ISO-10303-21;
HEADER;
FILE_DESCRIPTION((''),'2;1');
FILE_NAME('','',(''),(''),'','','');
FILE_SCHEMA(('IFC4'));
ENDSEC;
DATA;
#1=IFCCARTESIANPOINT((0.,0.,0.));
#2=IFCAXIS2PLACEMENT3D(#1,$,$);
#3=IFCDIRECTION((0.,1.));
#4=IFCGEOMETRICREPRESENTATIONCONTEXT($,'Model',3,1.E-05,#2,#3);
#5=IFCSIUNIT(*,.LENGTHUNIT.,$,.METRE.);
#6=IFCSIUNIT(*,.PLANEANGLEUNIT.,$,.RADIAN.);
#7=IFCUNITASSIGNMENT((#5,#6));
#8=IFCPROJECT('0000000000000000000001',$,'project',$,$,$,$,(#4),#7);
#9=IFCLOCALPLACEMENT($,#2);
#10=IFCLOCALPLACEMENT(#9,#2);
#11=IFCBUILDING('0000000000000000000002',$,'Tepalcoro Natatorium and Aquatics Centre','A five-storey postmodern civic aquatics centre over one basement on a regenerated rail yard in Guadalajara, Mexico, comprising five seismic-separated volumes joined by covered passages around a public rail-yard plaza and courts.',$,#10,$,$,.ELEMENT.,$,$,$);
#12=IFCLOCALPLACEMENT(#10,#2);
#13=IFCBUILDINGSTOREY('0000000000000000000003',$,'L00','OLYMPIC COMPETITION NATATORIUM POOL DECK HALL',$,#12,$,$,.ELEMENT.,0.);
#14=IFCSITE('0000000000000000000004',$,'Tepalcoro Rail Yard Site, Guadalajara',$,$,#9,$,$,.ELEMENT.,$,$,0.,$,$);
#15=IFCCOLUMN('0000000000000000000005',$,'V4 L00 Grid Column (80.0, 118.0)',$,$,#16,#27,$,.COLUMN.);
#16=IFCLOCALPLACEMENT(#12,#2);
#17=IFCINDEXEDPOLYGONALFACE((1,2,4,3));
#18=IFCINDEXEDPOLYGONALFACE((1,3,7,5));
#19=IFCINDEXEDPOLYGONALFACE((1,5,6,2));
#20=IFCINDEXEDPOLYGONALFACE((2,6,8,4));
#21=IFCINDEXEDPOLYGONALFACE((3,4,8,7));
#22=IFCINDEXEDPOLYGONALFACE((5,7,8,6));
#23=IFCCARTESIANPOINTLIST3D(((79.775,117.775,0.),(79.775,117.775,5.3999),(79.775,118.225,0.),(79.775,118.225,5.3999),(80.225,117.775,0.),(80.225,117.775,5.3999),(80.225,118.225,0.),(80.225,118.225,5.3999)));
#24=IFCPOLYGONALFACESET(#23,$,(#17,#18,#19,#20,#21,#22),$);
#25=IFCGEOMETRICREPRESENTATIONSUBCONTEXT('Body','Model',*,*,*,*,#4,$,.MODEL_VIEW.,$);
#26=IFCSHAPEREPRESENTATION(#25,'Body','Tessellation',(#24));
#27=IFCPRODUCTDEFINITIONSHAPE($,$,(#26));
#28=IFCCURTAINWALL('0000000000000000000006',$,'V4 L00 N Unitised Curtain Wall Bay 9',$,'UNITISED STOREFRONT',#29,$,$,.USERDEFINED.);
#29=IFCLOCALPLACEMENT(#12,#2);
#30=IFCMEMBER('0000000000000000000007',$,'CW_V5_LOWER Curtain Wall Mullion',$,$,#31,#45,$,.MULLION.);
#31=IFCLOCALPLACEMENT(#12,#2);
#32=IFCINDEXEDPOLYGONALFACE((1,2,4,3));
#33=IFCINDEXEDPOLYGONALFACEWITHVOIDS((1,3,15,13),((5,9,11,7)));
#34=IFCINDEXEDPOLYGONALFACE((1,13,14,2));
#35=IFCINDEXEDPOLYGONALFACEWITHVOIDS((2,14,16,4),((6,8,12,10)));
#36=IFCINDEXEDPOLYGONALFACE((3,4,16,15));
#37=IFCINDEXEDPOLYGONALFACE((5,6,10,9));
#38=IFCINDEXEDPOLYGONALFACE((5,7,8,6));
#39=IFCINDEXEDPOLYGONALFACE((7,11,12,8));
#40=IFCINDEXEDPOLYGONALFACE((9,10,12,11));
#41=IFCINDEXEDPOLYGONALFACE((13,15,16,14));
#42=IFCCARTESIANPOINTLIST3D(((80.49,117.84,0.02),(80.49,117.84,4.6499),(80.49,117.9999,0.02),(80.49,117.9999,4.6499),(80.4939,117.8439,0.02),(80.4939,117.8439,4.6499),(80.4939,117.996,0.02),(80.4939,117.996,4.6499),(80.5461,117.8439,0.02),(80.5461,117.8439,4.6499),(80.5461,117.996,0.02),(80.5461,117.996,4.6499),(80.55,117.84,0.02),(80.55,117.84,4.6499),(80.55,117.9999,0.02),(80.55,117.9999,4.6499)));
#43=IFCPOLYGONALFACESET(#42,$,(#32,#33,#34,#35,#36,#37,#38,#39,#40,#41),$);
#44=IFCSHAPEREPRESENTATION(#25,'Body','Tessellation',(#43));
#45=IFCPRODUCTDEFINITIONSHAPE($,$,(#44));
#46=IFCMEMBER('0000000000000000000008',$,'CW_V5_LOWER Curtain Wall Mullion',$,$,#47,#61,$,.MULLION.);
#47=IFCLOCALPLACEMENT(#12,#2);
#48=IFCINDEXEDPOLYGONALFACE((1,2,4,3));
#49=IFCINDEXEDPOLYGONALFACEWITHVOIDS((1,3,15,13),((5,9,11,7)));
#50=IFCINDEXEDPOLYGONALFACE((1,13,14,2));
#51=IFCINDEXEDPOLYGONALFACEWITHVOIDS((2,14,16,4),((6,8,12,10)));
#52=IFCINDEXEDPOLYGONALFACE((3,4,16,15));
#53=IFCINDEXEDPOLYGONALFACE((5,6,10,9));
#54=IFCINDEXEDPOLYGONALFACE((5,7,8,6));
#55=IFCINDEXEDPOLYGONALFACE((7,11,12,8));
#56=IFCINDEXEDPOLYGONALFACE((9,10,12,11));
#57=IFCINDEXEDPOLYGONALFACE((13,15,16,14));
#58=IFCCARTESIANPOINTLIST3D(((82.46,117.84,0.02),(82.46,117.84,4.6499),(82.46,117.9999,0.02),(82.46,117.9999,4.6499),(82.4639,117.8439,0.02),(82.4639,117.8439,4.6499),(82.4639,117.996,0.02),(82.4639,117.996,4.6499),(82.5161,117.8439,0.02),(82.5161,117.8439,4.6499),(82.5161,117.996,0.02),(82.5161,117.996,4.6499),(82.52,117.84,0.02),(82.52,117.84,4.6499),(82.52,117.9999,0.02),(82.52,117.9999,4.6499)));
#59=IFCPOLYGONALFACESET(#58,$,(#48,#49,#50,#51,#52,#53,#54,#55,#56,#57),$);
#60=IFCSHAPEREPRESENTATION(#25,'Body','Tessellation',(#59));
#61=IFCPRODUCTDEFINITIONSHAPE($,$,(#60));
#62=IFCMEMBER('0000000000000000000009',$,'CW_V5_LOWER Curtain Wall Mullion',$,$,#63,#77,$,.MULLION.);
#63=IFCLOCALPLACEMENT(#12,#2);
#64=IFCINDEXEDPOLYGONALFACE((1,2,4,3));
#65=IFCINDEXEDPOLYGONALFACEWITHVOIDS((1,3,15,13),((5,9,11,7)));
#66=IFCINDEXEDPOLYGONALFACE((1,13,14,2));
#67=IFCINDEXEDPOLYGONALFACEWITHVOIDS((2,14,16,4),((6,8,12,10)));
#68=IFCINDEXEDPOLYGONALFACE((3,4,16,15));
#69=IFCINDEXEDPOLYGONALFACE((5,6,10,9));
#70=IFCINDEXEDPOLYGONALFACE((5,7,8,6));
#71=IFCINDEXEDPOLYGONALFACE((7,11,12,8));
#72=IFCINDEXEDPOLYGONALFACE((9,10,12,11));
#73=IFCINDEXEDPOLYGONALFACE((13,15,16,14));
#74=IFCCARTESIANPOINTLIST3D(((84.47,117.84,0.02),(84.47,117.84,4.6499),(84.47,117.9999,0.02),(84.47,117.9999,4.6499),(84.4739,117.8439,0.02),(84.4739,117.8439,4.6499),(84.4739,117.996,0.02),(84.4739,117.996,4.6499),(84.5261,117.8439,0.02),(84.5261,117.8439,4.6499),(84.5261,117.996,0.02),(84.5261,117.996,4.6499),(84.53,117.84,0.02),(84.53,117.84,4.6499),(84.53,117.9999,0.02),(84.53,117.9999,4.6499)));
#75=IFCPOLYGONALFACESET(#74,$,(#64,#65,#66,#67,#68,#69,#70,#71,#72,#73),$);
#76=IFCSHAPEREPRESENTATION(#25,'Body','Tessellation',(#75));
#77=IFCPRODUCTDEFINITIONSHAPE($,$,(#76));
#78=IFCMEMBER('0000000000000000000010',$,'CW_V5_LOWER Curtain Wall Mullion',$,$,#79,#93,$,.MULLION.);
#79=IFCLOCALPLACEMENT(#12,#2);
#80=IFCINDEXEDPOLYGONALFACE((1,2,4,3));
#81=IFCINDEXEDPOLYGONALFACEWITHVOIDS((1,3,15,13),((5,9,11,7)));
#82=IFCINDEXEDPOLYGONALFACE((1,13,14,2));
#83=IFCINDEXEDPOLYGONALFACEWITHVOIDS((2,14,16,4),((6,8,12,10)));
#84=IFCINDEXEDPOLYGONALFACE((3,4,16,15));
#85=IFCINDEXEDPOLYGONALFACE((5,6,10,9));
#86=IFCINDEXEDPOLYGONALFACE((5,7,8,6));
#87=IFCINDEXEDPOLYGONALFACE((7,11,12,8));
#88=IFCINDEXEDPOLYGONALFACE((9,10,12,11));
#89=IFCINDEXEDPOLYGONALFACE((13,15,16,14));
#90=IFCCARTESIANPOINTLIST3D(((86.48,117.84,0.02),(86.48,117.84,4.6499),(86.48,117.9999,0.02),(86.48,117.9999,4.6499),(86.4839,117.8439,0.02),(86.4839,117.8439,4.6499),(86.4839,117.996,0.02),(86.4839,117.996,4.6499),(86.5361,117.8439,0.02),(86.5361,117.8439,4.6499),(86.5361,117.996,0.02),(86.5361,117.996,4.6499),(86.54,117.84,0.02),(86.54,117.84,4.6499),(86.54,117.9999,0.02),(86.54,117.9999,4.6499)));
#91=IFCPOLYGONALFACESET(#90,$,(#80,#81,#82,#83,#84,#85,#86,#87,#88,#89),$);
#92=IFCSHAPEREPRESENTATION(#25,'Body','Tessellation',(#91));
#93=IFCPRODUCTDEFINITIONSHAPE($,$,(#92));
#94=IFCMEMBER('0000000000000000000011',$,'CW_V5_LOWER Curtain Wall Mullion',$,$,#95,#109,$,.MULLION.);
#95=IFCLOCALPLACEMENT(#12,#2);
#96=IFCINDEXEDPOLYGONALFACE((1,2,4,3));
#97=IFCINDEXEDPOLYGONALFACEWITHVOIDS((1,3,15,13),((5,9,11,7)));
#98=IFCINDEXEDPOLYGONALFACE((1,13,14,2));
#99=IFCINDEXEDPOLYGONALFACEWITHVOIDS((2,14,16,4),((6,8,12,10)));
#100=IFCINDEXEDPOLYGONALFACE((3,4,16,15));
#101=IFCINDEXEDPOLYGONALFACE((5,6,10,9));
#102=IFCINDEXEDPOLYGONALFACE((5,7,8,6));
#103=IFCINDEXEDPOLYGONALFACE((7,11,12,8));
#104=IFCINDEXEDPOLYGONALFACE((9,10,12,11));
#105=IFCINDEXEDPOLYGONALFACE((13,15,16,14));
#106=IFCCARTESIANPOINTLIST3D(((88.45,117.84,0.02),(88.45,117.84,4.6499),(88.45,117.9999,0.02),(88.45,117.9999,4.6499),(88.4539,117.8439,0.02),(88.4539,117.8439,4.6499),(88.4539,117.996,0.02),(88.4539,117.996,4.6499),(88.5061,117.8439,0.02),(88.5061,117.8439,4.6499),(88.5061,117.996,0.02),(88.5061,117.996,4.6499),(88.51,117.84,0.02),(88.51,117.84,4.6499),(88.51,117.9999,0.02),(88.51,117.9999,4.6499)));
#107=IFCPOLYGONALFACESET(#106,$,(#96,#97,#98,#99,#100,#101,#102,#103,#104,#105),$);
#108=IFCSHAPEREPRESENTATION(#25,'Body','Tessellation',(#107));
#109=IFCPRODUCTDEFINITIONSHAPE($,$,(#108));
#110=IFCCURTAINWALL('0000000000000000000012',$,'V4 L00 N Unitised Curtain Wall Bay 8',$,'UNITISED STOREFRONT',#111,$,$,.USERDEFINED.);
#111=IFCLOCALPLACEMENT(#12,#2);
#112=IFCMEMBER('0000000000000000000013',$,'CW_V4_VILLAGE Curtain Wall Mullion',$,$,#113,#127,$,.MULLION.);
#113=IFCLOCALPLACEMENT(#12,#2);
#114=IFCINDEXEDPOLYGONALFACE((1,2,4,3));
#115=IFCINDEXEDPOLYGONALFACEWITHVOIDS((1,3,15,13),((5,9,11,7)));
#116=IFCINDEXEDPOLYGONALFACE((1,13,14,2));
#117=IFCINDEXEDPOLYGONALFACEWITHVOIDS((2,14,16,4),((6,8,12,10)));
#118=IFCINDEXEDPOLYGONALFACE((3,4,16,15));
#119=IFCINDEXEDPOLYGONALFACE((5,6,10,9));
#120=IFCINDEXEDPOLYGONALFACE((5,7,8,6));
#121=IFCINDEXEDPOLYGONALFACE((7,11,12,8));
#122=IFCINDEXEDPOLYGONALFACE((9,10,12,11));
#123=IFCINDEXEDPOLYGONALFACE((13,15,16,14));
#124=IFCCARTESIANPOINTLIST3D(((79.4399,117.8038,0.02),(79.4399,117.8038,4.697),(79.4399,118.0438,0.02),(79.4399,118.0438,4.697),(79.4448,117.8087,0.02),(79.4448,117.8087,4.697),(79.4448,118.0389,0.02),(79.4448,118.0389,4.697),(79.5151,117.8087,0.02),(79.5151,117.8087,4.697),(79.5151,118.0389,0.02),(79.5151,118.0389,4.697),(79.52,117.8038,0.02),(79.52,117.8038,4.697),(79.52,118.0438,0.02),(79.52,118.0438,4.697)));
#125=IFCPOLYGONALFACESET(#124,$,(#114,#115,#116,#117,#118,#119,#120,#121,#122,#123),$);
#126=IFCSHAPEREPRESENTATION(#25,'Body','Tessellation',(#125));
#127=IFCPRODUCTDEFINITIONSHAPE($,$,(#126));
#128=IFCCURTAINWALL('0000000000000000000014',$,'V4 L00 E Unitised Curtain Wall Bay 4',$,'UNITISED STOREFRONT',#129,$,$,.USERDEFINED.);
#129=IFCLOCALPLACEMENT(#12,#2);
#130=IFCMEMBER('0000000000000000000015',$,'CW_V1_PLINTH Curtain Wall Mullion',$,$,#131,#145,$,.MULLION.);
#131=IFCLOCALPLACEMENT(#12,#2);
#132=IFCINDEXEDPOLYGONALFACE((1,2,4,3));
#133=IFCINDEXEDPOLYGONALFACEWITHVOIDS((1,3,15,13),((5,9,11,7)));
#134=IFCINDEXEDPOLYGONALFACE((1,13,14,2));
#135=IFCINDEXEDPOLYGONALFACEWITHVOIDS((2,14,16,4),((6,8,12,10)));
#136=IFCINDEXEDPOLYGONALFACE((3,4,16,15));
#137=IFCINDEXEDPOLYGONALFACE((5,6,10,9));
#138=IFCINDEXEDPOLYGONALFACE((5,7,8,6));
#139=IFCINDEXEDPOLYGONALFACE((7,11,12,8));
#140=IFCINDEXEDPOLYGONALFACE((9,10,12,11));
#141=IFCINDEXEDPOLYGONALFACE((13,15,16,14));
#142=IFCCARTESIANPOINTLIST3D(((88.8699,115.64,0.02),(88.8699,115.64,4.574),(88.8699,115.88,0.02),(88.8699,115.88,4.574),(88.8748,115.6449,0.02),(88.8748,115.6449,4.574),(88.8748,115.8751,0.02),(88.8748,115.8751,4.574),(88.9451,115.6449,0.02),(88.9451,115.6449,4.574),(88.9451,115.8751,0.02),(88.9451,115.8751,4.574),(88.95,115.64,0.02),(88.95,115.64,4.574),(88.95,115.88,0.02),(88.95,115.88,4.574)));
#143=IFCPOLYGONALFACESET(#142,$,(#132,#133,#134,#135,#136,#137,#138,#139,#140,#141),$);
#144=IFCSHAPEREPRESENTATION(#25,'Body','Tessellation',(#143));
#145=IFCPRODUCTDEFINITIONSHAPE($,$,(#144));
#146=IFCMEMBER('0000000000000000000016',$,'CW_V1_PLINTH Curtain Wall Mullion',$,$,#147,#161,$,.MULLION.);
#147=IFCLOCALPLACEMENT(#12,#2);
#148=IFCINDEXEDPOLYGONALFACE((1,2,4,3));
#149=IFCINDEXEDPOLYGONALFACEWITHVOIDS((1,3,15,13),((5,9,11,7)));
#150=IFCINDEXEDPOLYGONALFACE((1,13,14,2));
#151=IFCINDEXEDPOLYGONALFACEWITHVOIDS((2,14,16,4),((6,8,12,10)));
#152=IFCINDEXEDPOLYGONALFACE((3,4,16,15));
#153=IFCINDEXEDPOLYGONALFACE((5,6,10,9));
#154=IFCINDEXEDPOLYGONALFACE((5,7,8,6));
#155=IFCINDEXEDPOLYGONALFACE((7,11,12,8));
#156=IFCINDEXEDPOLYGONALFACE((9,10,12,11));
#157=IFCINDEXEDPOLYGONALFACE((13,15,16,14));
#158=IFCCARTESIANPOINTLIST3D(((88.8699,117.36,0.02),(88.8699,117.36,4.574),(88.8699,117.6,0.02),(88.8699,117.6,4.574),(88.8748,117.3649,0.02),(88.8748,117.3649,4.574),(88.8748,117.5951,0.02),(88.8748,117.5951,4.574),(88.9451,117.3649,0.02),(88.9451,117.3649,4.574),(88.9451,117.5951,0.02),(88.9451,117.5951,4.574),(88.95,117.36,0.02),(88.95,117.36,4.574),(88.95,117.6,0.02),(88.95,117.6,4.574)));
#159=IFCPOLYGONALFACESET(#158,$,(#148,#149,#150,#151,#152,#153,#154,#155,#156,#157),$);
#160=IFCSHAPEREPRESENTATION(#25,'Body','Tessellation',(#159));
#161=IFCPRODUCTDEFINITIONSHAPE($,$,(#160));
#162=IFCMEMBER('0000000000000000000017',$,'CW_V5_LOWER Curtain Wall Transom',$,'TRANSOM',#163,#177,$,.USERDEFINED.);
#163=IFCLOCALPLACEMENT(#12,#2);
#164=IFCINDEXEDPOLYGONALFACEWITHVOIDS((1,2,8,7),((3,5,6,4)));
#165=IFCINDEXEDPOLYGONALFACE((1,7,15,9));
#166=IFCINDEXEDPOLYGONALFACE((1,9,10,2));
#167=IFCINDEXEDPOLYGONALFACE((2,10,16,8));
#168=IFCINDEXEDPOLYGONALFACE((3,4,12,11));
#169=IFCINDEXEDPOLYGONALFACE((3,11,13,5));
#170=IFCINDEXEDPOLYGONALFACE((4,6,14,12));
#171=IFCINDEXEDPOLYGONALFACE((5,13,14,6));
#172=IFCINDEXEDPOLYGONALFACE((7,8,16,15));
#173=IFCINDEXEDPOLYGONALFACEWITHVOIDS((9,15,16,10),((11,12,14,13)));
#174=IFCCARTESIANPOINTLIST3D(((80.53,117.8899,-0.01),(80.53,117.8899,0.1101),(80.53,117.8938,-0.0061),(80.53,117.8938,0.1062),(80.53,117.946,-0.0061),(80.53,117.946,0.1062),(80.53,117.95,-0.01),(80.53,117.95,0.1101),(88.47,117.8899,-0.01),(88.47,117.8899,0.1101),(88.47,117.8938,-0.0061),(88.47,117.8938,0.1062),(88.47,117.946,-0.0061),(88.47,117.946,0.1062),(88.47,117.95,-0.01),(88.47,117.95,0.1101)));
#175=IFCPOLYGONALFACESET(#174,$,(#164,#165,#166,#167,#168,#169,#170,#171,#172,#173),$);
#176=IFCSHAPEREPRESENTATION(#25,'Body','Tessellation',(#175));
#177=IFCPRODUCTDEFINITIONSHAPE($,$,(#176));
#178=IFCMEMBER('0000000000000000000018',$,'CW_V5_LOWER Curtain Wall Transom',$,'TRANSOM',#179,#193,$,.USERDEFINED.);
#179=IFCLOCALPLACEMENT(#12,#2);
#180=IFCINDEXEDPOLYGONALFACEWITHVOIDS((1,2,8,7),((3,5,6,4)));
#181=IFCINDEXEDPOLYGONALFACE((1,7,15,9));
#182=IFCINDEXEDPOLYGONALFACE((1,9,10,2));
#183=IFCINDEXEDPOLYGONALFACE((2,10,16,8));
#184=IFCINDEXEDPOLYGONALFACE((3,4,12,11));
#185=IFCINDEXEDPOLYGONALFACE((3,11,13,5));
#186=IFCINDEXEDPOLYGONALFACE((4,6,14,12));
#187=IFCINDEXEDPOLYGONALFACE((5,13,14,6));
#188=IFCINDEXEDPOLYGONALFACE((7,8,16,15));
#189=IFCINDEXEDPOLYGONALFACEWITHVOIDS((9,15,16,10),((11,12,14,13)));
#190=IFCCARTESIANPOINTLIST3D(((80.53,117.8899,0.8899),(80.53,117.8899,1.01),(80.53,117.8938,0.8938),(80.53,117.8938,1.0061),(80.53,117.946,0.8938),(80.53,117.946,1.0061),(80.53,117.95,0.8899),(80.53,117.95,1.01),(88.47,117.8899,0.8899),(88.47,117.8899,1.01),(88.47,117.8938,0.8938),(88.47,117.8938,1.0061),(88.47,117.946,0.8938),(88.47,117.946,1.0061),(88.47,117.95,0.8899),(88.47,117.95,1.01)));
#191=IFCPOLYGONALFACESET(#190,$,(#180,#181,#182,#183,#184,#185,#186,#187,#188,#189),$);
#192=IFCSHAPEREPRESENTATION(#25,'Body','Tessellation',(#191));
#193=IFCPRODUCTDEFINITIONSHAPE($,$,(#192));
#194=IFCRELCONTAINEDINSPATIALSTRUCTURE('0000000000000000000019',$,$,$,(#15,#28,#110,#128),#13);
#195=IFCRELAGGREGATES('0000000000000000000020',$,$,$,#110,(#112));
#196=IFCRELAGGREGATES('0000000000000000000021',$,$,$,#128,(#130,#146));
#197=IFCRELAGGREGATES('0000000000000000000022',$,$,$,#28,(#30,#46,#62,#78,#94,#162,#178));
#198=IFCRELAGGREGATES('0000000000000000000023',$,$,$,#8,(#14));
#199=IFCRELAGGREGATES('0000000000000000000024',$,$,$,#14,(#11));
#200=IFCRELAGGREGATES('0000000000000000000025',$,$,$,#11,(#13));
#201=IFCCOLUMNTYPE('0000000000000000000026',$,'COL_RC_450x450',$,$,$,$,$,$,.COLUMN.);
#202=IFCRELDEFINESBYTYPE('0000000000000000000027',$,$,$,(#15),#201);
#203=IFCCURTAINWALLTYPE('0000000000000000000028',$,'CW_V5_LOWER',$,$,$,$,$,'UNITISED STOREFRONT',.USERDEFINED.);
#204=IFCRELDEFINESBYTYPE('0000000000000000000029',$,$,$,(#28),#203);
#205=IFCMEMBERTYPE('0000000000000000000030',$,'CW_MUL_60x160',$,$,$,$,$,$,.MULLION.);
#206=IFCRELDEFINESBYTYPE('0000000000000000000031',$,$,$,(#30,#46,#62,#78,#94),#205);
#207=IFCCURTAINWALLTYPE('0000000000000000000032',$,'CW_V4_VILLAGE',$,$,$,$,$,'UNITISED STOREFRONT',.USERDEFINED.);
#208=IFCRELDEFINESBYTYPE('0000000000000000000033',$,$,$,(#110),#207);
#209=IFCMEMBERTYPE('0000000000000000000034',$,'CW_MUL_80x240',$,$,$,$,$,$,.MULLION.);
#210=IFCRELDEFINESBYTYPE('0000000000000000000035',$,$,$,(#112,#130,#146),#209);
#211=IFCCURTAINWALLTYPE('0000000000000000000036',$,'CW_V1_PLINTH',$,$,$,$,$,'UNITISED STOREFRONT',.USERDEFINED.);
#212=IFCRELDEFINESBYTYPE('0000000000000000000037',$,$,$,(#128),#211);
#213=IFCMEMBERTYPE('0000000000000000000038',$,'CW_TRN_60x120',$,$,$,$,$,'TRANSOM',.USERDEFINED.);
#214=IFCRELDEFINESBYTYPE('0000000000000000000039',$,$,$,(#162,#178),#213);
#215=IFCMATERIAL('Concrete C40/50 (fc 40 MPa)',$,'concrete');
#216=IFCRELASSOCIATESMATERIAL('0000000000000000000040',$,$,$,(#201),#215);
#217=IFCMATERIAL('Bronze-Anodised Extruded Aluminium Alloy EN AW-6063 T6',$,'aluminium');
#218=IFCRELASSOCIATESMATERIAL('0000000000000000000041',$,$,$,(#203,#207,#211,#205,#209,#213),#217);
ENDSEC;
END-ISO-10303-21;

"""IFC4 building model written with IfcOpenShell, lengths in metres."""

from ifc_helpers import new_model, si_unit, direction, frame, origin, origin_2d, place, context, subcontext, project, spatial, rectangle, hollow_rectangle, extrude, material, material_profile, profile_set, type_object, element, aggregate, save


model = new_model("IFC4")

# Units and contexts
model_context = context("Model", 3, precision=1e-05, world=origin(), true_north=direction((0.0, 1.0)))
body_context = subcontext(model_context, "Body", "Model", "MODEL_VIEW")
ifc_project = project(units=[si_unit("LENGTHUNIT", "METRE"), si_unit("PLANEANGLEUNIT", "RADIAN")], contexts=[model_context])

# Site, building, storey
site_placement = place(None, origin())
site = spatial("IfcSite", under=ifc_project, at=site_placement, Name="Tepalcoro Rail Yard Site, Guadalajara", CompositionType="ELEMENT", RefElevation=0.0)
building_placement = place(site_placement, origin())
building = spatial("IfcBuilding", under=site, at=building_placement, Name="Tepalcoro Natatorium and Aquatics Centre", Description="A five-storey postmodern civic aquatics centre over one basement on a regenerated rail yard in Guadalajara, Mexico, comprising five seismic-separated volumes joined by covered passages around a public rail-yard plaza and courts.", CompositionType="ELEMENT")
storey_placement = place(building_placement, origin())
storey = spatial("IfcBuildingStorey", under=building, at=storey_placement, Name="L00", Description="OLYMPIC COMPETITION NATATORIUM POOL DECK HALL", CompositionType="ELEMENT", Elevation=0.0)

# Column
ifc_material_1 = material(Name="Concrete C40/50 (fc 40 MPa)", Category="concrete")
ifc_material_profile_1 = material_profile(ifc_material_1, rectangle(XDim=0.45, YDim=0.45, at=origin_2d()), Name="RC450x450")
ifc_profile_set_1 = profile_set([ifc_material_profile_1], Name="Concrete C40/50 (fc 40 MPa)")
column_type = type_object("IfcColumnType", Name="COL_RC_450x450", PredefinedType="COLUMN", material=ifc_profile_set_1)
column_placement = place(storey_placement, frame((80.0, 118.0, 0.0), z_axis=(0.0, 0.0, 1.0), x_axis=(1.0, 0.0, 0.0)))
element("IfcColumn", 1, at=column_placement, inside=storey, type_object=column_type, Name="V4 L00 Grid Column (80.0, 118.0)", PredefinedType="COLUMN", context=body_context, shape_type="SweptSolid", body=[
    extrude(rectangle(XDim=0.45, YDim=0.45, at=origin_2d()), origin(), (0.0, 0.0, 1.0), 5.3999),
])

# Curtain wall, members
ifc_material_2 = material(Name="Bronze-Anodised Extruded Aluminium Alloy EN AW-6063 T6", Category="aluminium")
curtain_wall_type_1 = type_object("IfcCurtainWallType", Name="CW_V5_LOWER", ElementType="UNITISED STOREFRONT", PredefinedType="USERDEFINED", material=ifc_material_2)
curtain_wall_1_placement = place(storey_placement, origin())
curtain_wall_1 = element("IfcCurtainWall", 2, at=curtain_wall_1_placement, inside=storey, type_object=curtain_wall_type_1, Name="V4 L00 N Unitised Curtain Wall Bay 9", ObjectType="UNITISED STOREFRONT", PredefinedType="USERDEFINED")
ifc_material_profile_2 = material_profile(ifc_material_2, hollow_rectangle(XDim=0.0601, YDim=0.1599, WallThickness=0.0039, at=origin_2d()), Name="AL60X160X4")
ifc_profile_set_2 = profile_set([ifc_material_profile_2], Name="Bronze-Anodised Extruded Aluminium Alloy EN AW-6063 T6")
member_type_1 = type_object("IfcMemberType", Name="CW_MUL_60x160", PredefinedType="MULLION", material=ifc_profile_set_2)
member_1_placement = place(storey_placement, frame((80.52, 117.9199, 0.02), z_axis=(0.0, 0.0, 1.0), x_axis=(1.0, 0.0, 0.0)))
member_1 = element("IfcMember", 3, at=member_1_placement, type_object=member_type_1, Name="CW_V5_LOWER Curtain Wall Mullion", PredefinedType="MULLION", context=body_context, shape_type="SweptSolid", body=[
    extrude(hollow_rectangle(XDim=0.0601, YDim=0.1599, WallThickness=0.0039, at=origin_2d()), origin(), (0.0, 0.0, 1.0), 4.6299),
])
member_2_placement = place(storey_placement, frame((82.49, 117.9199, 0.02), z_axis=(0.0, 0.0, 1.0), x_axis=(1.0, 0.0, 0.0)))
member_2 = element("IfcMember", 4, at=member_2_placement, type_object=member_type_1, Name="CW_V5_LOWER Curtain Wall Mullion", PredefinedType="MULLION", context=body_context, shape_type="SweptSolid", body=[
    extrude(hollow_rectangle(XDim=0.0601, YDim=0.1599, WallThickness=0.0039, at=origin_2d()), origin(), (0.0, 0.0, 1.0), 4.6299),
])
member_3_placement = place(storey_placement, frame((84.5, 117.9199, 0.02), z_axis=(0.0, 0.0, 1.0), x_axis=(1.0, 0.0, 0.0)))
member_3 = element("IfcMember", 5, at=member_3_placement, type_object=member_type_1, Name="CW_V5_LOWER Curtain Wall Mullion", PredefinedType="MULLION", context=body_context, shape_type="SweptSolid", body=[
    extrude(hollow_rectangle(XDim=0.0601, YDim=0.1599, WallThickness=0.0039, at=origin_2d()), origin(), (0.0, 0.0, 1.0), 4.6299),
])
member_4_placement = place(storey_placement, frame((86.51, 117.9199, 0.02), z_axis=(0.0, 0.0, 1.0), x_axis=(1.0, 0.0, 0.0)))
member_4 = element("IfcMember", 6, at=member_4_placement, type_object=member_type_1, Name="CW_V5_LOWER Curtain Wall Mullion", PredefinedType="MULLION", context=body_context, shape_type="SweptSolid", body=[
    extrude(hollow_rectangle(XDim=0.0601, YDim=0.1599, WallThickness=0.0039, at=origin_2d()), origin(), (0.0, 0.0, 1.0), 4.6299),
])
member_5_placement = place(storey_placement, frame((88.48, 117.9199, 0.02), z_axis=(0.0, 0.0, 1.0), x_axis=(1.0, 0.0, 0.0)))
member_5 = element("IfcMember", 7, at=member_5_placement, type_object=member_type_1, Name="CW_V5_LOWER Curtain Wall Mullion", PredefinedType="MULLION", context=body_context, shape_type="SweptSolid", body=[
    extrude(hollow_rectangle(XDim=0.0601, YDim=0.1599, WallThickness=0.0039, at=origin_2d()), origin(), (0.0, 0.0, 1.0), 4.6299),
])

# Curtain wall, member
curtain_wall_type_2 = type_object("IfcCurtainWallType", Name="CW_V4_VILLAGE", ElementType="UNITISED STOREFRONT", PredefinedType="USERDEFINED", material=ifc_material_2)
curtain_wall_2_placement = place(storey_placement, origin())
curtain_wall_2 = element("IfcCurtainWall", 8, at=curtain_wall_2_placement, inside=storey, type_object=curtain_wall_type_2, Name="V4 L00 N Unitised Curtain Wall Bay 8", ObjectType="UNITISED STOREFRONT", PredefinedType="USERDEFINED")
ifc_material_profile_3 = material_profile(ifc_material_2, hollow_rectangle(XDim=0.0801, YDim=0.24, WallThickness=0.0049, at=origin_2d()), Name="AL80X240X5")
ifc_profile_set_3 = profile_set([ifc_material_profile_3], Name="Bronze-Anodised Extruded Aluminium Alloy EN AW-6063 T6")
member_type_2 = type_object("IfcMemberType", Name="CW_MUL_80x240", PredefinedType="MULLION", material=ifc_profile_set_3)
member_6_placement = place(storey_placement, frame((79.48, 117.9238, 0.02), z_axis=(0.0, 0.0, 1.0), x_axis=(1.0, 0.0, 0.0)))
member_6 = element("IfcMember", 9, at=member_6_placement, type_object=member_type_2, Name="CW_V4_VILLAGE Curtain Wall Mullion", PredefinedType="MULLION", context=body_context, shape_type="SweptSolid", body=[
    extrude(hollow_rectangle(XDim=0.0801, YDim=0.24, WallThickness=0.0049, at=origin_2d()), origin(), (0.0, 0.0, 1.0), 4.677),
])

# Curtain wall, members
curtain_wall_type_3 = type_object("IfcCurtainWallType", Name="CW_V1_PLINTH", ElementType="UNITISED STOREFRONT", PredefinedType="USERDEFINED", material=ifc_material_2)
curtain_wall_3_placement = place(storey_placement, origin())
curtain_wall_3 = element("IfcCurtainWall", 10, at=curtain_wall_3_placement, inside=storey, type_object=curtain_wall_type_3, Name="V4 L00 E Unitised Curtain Wall Bay 4", ObjectType="UNITISED STOREFRONT", PredefinedType="USERDEFINED")
member_7_placement = place(storey_placement, frame((88.9099, 115.76, 0.02), z_axis=(0.0, 0.0, 1.0), x_axis=(1.0, 0.0, 0.0)))
member_7 = element("IfcMember", 11, at=member_7_placement, type_object=member_type_2, Name="CW_V1_PLINTH Curtain Wall Mullion", PredefinedType="MULLION", context=body_context, shape_type="SweptSolid", body=[
    extrude(hollow_rectangle(XDim=0.0801, YDim=0.24, WallThickness=0.0049, at=origin_2d()), origin(), (0.0, 0.0, 1.0), 4.554),
])
member_8_placement = place(storey_placement, frame((88.9099, 117.48, 0.02), z_axis=(0.0, 0.0, 1.0), x_axis=(1.0, 0.0, 0.0)))
member_8 = element("IfcMember", 12, at=member_8_placement, type_object=member_type_2, Name="CW_V1_PLINTH Curtain Wall Mullion", PredefinedType="MULLION", context=body_context, shape_type="SweptSolid", body=[
    extrude(hollow_rectangle(XDim=0.0801, YDim=0.24, WallThickness=0.0049, at=origin_2d()), origin(), (0.0, 0.0, 1.0), 4.554),
])

# Members
ifc_material_profile_4 = material_profile(ifc_material_2, hollow_rectangle(XDim=0.0601, YDim=0.1201, WallThickness=0.0039, at=origin_2d()), Name="AL60X120X4")
ifc_profile_set_4 = profile_set([ifc_material_profile_4], Name="Bronze-Anodised Extruded Aluminium Alloy EN AW-6063 T6")
member_type_3 = type_object("IfcMemberType", Name="CW_TRN_60x120", ElementType="TRANSOM", PredefinedType="USERDEFINED", material=ifc_profile_set_4)
member_9_placement = place(storey_placement, frame((80.53, 117.9199, 0.05), z_axis=(1.0, 0.0, 0.0), x_axis=(0.0, 1.0, 0.0)))
member_9 = element("IfcMember", 13, at=member_9_placement, type_object=member_type_3, Name="CW_V5_LOWER Curtain Wall Transom", ObjectType="TRANSOM", PredefinedType="USERDEFINED", context=body_context, shape_type="SweptSolid", body=[
    extrude(hollow_rectangle(XDim=0.0601, YDim=0.1201, WallThickness=0.0039, at=origin_2d()), origin(), (0.0, 0.0, 1.0), 7.9399),
])
member_10_placement = place(storey_placement, frame((80.53, 117.9199, 0.95), z_axis=(1.0, 0.0, 0.0), x_axis=(0.0, 1.0, 0.0)))
member_10 = element("IfcMember", 14, at=member_10_placement, type_object=member_type_3, Name="CW_V5_LOWER Curtain Wall Transom", ObjectType="TRANSOM", PredefinedType="USERDEFINED", context=body_context, shape_type="SweptSolid", body=[
    extrude(hollow_rectangle(XDim=0.0601, YDim=0.1201, WallThickness=0.0039, at=origin_2d()), origin(), (0.0, 0.0, 1.0), 7.9399),
])

aggregate(curtain_wall_2, [member_6])
aggregate(curtain_wall_3, [member_7, member_8])
aggregate(curtain_wall_1, [member_1, member_2, member_3, member_4, member_5, member_9, member_10])

save(model, "model.ifc")
